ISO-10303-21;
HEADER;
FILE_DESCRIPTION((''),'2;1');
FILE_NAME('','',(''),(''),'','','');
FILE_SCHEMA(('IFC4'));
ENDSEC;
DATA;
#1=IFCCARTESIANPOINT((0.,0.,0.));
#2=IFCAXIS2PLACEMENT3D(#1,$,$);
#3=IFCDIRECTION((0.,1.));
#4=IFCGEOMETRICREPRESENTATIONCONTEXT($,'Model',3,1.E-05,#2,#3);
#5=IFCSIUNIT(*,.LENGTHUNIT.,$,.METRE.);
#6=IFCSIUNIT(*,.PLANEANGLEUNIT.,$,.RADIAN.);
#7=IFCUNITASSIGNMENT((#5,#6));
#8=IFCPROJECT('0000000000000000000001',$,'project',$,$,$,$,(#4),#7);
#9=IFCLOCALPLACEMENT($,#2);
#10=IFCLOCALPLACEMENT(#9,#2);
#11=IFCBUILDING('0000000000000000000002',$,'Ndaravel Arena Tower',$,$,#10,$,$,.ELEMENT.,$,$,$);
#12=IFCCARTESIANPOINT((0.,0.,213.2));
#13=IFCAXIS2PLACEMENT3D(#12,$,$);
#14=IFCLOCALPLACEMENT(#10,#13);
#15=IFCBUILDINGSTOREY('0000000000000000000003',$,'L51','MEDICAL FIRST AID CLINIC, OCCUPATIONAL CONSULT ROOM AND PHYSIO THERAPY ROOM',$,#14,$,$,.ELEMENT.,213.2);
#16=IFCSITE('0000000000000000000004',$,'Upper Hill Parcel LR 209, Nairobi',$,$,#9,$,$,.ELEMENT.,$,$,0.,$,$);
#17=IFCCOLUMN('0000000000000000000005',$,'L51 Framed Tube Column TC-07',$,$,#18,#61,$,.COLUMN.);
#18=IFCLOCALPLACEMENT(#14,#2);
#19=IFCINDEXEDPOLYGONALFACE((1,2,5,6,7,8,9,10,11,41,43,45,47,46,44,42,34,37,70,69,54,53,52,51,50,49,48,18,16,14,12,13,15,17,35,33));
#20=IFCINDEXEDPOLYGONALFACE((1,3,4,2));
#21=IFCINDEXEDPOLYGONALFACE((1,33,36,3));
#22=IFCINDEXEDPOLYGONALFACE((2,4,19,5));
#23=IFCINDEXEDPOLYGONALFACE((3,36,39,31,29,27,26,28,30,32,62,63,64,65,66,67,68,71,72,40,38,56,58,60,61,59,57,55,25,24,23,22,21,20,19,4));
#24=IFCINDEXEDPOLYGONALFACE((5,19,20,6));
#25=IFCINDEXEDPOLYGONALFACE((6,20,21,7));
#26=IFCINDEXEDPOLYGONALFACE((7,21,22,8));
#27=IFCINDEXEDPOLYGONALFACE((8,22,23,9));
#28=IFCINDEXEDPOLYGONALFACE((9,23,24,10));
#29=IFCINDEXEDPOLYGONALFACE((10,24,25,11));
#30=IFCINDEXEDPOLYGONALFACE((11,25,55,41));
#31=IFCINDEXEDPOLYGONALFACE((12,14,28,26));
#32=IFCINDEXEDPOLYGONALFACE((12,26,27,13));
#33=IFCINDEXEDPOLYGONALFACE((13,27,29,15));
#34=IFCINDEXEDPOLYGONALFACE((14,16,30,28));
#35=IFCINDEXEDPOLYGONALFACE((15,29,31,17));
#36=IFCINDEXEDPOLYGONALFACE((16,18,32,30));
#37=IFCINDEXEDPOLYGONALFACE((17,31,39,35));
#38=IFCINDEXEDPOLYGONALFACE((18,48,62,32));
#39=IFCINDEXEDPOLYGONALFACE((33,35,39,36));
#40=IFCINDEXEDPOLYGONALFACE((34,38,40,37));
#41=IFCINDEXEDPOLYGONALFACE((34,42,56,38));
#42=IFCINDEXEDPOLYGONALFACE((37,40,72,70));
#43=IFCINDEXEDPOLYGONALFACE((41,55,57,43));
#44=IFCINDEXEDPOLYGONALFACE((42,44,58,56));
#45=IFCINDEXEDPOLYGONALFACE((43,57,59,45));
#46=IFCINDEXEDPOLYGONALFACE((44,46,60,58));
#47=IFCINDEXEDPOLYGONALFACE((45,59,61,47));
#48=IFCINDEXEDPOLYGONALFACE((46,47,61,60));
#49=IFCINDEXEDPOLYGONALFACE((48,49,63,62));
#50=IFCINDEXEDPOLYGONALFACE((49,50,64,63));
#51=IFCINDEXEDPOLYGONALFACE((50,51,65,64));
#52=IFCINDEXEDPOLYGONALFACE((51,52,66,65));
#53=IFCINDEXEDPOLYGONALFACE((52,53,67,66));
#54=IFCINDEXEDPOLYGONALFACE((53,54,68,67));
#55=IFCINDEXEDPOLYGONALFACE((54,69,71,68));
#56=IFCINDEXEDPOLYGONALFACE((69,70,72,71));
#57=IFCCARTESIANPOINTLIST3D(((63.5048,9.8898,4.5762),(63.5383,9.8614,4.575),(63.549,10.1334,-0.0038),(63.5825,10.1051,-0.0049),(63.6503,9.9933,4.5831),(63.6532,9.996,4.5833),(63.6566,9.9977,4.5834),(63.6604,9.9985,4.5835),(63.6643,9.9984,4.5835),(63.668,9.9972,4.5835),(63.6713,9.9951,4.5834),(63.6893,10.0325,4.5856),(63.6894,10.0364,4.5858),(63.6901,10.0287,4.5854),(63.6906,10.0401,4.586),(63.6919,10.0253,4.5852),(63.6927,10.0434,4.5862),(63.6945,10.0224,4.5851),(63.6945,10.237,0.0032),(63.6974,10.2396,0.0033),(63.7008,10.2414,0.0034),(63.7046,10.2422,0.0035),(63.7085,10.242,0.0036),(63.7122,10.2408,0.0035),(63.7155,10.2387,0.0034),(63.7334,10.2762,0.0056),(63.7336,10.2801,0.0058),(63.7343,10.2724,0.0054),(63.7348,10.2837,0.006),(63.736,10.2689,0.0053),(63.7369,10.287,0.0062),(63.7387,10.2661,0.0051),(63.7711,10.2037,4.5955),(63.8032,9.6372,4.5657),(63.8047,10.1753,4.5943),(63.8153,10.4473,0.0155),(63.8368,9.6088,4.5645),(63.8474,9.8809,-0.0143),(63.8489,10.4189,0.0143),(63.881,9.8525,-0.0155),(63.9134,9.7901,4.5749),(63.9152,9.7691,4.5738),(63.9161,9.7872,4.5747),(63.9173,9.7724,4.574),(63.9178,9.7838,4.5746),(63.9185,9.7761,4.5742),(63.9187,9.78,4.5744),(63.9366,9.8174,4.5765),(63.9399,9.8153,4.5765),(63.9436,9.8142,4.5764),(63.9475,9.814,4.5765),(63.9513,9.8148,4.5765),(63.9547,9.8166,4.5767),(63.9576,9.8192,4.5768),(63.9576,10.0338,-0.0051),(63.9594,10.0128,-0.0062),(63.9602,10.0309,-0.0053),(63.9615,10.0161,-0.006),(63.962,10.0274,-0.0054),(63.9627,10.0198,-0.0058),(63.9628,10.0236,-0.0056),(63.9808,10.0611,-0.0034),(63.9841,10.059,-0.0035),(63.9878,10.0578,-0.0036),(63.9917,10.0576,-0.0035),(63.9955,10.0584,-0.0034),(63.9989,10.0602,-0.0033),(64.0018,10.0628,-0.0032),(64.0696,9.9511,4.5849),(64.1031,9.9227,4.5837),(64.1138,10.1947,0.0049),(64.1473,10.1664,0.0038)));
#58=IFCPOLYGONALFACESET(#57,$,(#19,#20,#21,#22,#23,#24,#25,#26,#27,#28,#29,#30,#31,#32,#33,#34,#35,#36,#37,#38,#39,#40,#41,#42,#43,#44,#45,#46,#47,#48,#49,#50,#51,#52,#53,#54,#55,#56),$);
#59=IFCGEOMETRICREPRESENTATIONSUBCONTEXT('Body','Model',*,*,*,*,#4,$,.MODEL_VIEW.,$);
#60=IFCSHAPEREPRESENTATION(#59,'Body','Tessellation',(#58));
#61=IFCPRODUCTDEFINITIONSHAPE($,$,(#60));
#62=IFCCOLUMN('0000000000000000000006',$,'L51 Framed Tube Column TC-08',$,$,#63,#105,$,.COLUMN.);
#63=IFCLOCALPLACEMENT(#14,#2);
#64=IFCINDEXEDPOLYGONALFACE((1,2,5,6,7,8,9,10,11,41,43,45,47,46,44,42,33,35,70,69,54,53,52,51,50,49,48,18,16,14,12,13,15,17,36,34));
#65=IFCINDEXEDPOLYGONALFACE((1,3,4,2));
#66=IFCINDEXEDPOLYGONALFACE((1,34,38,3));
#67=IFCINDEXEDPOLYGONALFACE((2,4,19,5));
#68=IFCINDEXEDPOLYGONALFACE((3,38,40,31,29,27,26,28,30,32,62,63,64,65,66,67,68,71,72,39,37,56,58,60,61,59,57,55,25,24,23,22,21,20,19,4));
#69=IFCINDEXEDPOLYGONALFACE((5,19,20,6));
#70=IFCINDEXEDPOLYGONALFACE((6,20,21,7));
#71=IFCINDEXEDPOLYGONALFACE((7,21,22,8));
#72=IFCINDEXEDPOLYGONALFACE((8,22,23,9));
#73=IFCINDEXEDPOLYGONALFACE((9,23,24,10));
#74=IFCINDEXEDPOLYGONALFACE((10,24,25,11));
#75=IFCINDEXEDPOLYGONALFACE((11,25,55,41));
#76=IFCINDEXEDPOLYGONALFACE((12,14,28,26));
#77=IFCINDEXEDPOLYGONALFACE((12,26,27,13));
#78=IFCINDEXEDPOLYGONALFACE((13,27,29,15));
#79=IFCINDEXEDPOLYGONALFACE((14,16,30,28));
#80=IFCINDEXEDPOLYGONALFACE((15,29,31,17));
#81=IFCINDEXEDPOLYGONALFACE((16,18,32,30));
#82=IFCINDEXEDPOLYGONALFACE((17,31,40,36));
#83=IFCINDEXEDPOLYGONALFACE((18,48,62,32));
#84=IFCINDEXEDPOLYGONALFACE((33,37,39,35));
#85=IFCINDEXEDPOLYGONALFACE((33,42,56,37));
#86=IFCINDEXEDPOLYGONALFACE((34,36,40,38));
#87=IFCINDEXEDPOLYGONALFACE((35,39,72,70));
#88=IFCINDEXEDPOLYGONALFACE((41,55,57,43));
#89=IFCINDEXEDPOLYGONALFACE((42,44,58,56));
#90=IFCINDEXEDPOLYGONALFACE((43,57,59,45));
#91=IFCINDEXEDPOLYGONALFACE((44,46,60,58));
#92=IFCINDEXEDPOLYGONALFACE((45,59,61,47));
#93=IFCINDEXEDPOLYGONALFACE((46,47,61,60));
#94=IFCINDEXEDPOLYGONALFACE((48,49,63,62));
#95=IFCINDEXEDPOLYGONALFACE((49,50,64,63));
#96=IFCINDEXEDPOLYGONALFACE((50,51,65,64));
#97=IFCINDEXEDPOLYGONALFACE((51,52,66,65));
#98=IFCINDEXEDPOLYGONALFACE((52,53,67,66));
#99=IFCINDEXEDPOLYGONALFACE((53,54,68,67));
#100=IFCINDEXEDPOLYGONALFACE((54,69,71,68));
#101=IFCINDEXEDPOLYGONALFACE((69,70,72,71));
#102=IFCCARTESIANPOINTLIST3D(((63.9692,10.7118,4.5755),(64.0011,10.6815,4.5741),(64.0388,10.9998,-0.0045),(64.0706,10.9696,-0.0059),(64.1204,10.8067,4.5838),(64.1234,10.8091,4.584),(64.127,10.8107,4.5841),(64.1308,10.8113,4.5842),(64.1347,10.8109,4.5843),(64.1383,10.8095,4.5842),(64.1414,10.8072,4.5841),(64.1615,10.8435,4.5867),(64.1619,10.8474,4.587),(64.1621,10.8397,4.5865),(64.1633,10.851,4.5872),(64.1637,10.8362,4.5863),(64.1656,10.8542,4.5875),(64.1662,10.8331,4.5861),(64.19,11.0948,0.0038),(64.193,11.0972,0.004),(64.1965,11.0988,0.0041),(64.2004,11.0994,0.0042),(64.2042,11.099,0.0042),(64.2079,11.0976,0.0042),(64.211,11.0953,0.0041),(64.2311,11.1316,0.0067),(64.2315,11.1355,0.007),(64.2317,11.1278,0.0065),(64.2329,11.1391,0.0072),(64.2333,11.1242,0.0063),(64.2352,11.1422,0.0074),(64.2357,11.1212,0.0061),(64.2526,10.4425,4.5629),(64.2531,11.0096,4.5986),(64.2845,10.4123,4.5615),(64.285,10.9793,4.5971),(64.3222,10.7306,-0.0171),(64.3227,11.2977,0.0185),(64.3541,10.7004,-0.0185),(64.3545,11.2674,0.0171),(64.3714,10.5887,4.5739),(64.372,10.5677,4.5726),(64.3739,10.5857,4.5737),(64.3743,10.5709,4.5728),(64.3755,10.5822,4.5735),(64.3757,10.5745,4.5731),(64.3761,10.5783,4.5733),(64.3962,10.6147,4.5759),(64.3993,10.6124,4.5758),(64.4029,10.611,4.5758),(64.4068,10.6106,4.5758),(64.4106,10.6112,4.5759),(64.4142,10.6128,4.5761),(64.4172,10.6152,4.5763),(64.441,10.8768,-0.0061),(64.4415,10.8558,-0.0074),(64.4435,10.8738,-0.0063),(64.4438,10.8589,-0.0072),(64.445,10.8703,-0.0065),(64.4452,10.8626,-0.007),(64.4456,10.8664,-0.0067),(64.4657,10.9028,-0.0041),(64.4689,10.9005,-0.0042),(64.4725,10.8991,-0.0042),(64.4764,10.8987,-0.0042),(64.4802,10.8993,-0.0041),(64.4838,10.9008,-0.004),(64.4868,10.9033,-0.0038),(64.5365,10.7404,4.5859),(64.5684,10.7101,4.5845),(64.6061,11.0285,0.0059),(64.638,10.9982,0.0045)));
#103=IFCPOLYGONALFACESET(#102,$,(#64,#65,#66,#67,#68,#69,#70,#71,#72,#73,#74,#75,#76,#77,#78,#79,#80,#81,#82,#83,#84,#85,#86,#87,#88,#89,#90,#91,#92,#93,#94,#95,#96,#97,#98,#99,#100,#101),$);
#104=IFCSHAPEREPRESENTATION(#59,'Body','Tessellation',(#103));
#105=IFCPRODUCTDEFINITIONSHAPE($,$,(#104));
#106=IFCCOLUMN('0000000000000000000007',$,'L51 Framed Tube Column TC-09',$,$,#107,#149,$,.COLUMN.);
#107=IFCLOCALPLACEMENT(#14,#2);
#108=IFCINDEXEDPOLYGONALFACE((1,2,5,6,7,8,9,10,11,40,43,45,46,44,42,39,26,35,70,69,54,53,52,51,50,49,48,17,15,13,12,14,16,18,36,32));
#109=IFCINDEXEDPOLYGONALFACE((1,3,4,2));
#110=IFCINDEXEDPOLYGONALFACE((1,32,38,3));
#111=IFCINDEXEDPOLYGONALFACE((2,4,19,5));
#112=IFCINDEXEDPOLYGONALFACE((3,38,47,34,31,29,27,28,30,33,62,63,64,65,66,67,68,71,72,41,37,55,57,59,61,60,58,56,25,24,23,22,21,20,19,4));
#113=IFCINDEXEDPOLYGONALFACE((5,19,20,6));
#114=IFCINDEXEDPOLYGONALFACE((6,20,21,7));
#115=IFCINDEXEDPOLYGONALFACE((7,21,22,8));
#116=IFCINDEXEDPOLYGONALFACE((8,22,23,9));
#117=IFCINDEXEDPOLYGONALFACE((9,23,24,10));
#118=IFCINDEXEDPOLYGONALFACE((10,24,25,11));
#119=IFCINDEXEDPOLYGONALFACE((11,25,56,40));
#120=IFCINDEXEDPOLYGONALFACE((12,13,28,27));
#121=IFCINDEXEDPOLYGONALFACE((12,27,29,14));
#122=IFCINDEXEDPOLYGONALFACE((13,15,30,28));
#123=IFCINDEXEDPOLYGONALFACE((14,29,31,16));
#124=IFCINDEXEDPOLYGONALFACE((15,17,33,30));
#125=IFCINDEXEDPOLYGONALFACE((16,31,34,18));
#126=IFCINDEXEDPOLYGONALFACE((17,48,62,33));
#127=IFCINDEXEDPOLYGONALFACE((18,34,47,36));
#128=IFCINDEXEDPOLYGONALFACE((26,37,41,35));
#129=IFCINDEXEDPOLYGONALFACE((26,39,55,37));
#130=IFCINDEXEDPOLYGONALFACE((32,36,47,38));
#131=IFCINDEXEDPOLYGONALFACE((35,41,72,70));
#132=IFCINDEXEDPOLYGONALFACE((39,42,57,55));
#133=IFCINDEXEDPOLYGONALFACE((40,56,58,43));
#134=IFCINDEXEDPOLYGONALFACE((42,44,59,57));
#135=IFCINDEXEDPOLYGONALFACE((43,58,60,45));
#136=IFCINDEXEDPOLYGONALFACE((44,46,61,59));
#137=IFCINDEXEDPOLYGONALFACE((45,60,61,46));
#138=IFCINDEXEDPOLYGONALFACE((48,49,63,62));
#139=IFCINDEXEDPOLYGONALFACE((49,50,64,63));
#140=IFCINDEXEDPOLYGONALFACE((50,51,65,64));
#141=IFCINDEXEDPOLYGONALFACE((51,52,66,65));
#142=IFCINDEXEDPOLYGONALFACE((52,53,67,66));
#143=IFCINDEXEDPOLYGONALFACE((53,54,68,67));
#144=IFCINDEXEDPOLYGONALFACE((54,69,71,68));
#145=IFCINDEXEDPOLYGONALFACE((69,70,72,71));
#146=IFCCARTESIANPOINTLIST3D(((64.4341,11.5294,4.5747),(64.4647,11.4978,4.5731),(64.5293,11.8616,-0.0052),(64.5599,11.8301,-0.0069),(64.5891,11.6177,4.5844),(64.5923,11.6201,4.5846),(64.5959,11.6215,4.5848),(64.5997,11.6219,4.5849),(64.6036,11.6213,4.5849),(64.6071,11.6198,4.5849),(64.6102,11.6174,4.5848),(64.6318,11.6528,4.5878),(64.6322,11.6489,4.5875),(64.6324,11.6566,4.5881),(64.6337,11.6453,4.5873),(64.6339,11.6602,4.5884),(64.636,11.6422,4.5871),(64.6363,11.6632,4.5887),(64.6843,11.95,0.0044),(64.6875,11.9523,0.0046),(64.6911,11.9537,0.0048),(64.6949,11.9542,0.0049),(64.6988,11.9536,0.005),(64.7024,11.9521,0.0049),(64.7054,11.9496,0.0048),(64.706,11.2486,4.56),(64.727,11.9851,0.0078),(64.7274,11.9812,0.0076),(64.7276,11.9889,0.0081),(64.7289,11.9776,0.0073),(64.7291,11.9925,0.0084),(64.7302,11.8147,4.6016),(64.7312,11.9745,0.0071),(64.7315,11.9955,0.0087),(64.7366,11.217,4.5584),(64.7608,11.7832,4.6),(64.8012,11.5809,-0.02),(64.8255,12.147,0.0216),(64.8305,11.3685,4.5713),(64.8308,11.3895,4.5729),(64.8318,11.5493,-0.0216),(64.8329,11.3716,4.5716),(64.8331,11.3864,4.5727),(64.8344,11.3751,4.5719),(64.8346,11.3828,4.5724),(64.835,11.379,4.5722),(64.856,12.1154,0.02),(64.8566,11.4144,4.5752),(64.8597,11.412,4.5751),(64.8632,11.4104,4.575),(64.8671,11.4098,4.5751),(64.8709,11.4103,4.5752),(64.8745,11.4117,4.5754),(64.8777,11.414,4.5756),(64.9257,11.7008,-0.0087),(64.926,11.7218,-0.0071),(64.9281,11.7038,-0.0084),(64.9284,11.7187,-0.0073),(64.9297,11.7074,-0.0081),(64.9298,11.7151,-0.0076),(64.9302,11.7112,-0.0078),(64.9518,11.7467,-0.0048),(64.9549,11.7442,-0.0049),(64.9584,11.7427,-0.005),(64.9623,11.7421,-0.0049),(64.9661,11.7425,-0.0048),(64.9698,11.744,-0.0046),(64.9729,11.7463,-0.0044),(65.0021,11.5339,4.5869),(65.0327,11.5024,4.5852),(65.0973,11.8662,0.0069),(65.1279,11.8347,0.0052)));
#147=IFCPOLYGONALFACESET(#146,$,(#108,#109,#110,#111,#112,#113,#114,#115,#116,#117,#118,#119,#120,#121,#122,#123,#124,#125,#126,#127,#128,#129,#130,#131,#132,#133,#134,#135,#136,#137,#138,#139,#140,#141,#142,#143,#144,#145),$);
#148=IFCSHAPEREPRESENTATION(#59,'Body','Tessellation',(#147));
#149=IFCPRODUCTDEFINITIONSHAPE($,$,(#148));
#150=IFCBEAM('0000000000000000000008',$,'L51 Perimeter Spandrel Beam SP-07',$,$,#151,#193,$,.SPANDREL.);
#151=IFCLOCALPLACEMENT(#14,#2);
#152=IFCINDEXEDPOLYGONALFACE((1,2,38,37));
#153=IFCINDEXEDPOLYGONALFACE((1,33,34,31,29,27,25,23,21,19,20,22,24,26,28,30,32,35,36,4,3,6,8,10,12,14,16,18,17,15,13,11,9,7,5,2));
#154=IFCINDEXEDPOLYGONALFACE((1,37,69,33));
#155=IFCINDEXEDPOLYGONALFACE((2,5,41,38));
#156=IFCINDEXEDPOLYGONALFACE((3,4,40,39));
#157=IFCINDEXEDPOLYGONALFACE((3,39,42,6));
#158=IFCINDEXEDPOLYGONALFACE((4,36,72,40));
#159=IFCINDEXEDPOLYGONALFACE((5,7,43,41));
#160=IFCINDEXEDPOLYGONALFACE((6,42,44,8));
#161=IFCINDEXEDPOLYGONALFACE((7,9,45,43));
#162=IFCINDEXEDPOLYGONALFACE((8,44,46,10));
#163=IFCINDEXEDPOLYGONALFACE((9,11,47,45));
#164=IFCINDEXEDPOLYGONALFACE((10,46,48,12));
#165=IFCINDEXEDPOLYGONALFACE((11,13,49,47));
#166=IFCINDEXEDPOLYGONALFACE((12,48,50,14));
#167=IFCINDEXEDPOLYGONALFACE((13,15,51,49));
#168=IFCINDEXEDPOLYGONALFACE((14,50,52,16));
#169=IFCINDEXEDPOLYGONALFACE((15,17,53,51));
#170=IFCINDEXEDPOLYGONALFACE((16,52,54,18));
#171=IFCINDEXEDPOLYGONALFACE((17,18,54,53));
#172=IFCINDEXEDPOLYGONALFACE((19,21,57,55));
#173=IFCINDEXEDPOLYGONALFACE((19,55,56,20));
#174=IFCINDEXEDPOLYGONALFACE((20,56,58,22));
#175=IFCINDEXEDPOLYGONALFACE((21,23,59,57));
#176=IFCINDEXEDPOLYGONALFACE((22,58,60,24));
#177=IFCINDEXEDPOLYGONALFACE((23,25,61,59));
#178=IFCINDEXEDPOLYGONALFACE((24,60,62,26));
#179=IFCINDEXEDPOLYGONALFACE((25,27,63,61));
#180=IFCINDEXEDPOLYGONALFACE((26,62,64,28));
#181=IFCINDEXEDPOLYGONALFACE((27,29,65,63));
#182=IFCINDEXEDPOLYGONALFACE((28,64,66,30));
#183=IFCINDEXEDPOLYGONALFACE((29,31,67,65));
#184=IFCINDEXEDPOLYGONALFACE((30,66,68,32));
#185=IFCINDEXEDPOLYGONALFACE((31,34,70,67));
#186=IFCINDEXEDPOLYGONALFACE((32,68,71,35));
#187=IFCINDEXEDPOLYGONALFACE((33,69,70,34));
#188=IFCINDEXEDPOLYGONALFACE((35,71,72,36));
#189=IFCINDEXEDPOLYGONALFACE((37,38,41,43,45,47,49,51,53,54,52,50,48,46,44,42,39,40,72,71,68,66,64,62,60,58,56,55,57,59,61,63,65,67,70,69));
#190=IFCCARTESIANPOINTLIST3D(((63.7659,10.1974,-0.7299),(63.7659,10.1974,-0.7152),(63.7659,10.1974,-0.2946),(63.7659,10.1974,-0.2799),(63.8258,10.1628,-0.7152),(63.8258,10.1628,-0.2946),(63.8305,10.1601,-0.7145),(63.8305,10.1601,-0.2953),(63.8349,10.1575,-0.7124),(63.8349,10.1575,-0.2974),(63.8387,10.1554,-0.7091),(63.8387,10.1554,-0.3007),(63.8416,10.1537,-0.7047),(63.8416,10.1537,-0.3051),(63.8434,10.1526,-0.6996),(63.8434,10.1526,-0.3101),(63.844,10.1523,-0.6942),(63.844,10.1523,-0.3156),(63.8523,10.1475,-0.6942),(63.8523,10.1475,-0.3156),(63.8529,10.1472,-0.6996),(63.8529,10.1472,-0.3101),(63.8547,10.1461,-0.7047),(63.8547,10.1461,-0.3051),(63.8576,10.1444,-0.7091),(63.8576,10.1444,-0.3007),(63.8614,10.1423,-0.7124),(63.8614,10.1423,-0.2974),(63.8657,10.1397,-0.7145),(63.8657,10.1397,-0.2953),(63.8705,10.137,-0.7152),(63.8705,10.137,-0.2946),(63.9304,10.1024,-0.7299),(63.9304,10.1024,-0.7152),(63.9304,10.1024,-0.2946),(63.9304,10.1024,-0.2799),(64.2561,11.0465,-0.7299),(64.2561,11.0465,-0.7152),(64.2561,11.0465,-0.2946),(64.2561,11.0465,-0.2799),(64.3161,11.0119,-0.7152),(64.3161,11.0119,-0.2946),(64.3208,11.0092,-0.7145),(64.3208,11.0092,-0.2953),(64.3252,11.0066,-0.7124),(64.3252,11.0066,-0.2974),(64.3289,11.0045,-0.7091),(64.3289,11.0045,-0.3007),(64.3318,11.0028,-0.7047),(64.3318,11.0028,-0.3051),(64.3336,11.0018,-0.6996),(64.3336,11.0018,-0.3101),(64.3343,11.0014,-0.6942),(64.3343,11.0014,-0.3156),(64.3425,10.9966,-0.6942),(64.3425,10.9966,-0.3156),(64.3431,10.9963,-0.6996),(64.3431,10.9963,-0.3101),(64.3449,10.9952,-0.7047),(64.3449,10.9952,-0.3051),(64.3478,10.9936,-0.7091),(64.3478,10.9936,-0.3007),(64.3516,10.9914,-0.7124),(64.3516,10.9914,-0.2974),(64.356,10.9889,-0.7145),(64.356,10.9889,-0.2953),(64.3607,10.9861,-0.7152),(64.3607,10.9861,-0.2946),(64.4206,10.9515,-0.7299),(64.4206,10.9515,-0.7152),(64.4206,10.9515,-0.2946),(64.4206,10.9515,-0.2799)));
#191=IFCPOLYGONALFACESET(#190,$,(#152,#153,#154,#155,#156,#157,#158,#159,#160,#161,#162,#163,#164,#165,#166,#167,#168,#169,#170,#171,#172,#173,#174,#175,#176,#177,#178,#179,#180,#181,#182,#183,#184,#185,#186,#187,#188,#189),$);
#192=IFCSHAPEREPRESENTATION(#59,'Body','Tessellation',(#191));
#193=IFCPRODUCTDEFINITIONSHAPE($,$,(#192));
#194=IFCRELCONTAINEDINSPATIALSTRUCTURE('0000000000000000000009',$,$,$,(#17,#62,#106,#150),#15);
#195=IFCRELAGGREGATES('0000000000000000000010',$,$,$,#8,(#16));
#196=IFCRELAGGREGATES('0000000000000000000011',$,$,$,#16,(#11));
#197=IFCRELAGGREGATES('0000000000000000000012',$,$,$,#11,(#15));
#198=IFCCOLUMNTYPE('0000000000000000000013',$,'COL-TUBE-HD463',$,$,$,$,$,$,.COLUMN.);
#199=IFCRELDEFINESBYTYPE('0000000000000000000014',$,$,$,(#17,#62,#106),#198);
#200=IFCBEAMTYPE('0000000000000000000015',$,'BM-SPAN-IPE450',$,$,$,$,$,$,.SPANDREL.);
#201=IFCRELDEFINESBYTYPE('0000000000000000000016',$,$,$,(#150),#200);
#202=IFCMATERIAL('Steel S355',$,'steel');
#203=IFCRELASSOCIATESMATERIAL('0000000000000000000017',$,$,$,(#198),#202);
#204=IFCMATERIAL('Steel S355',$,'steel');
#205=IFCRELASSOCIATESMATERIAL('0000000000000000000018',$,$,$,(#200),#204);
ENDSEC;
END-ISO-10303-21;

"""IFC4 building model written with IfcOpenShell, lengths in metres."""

from ifc_helpers import new_model, si_unit, direction, frame, origin, origin_2d, place, context, subcontext, project, spatial, i_section, extrude, material, material_profile, profile_set, type_object, element, save


model = new_model("IFC4")

# Units and contexts
model_context = context("Model", 3, precision=1e-05, world=origin(), true_north=direction((0.0, 1.0)))
body_context = subcontext(model_context, "Body", "Model", "MODEL_VIEW")
ifc_project = project(units=[si_unit("LENGTHUNIT", "METRE"), si_unit("PLANEANGLEUNIT", "RADIAN")], contexts=[model_context])

# Site, building, storey
site_placement = place(None, origin())
site = spatial("IfcSite", under=ifc_project, at=site_placement, Name="Upper Hill Parcel LR 209, Nairobi", CompositionType="ELEMENT", RefElevation=0.0)
building_placement = place(site_placement, origin())
building = spatial("IfcBuilding", under=site, at=building_placement, Name="Ndaravel Arena Tower", CompositionType="ELEMENT")
storey_placement = place(building_placement, frame((0.0, 0.0, 213.2)))
storey = spatial("IfcBuildingStorey", under=building, at=storey_placement, Name="L51", Description="MEDICAL FIRST AID CLINIC, OCCUPATIONAL CONSULT ROOM AND PHYSIO THERAPY ROOM", CompositionType="ELEMENT", Elevation=213.2)

# Columns
ifc_material_1 = material(Name="Steel S355", Category="steel")
ifc_material_profile_1 = material_profile(ifc_material_1, i_section(OverallWidth=0.4121, OverallDepth=0.4351, WebThickness=0.0359, FlangeThickness=0.0439, FilletRadius=0.0149, at=origin_2d()), Name="HD 400x463")
ifc_profile_set_1 = profile_set([ifc_material_profile_1], Name="Steel S355")
column_type = type_object("IfcColumnType", Name="COL-TUBE-HD463", PredefinedType="COLUMN", material=ifc_profile_set_1)
column_1_placement = place(storey_placement, frame((63.8481, 10.1499, 0.0), z_axis=(-0.009634, -0.053121, 0.998542), x_axis=(0.646293, 0.761656, 0.046754)))
element("IfcColumn", 1, at=column_1_placement, inside=storey, type_object=column_type, Name="L51 Framed Tube Column TC-07", PredefinedType="COLUMN", context=body_context, shape_type="SweptSolid", body=[
    extrude(i_section(OverallWidth=0.4121, OverallDepth=0.4351, WebThickness=0.0359, FlangeThickness=0.0439, FilletRadius=0.0149, at=origin_2d()), origin(), (0.0, 0.0, 1.0), 4.5867),
])
column_2_placement = place(storey_placement, frame((64.3384, 10.999, 0.0), z_axis=(-0.01516, -0.062769, 0.997913), x_axis=(0.688921, 0.722676, 0.055922)))
element("IfcColumn", 2, at=column_2_placement, inside=storey, type_object=column_type, Name="L51 Framed Tube Column TC-08", PredefinedType="COLUMN", context=body_context, shape_type="SweptSolid", body=[
    extrude(i_section(OverallWidth=0.4121, OverallDepth=0.4351, WebThickness=0.0359, FlangeThickness=0.0439, FilletRadius=0.0149, at=origin_2d()), origin(), (0.0, 0.0, 1.0), 4.5896),
])
column_3_placement = place(storey_placement, frame((64.8286, 11.8481, 0.0), z_axis=(-0.02073, -0.072342, 0.997164), x_axis=(0.71854, 0.692425, 0.065172)))
element("IfcColumn", 3, at=column_3_placement, inside=storey, type_object=column_type, Name="L51 Framed Tube Column TC-09", PredefinedType="COLUMN", context=body_context, shape_type="SweptSolid", body=[
    extrude(i_section(OverallWidth=0.4121, OverallDepth=0.4351, WebThickness=0.0359, FlangeThickness=0.0439, FilletRadius=0.0149, at=origin_2d()), origin(), (0.0, 0.0, 1.0), 4.593),
])

# Beam
ifc_material_2 = material(Name="Steel S355", Category="steel")
ifc_material_profile_2 = material_profile(ifc_material_2, i_section(OverallWidth=0.1899, OverallDepth=0.45, WebThickness=0.0095, FlangeThickness=0.0146, FilletRadius=0.021, at=origin_2d()), Name="IPE 450")
ifc_profile_set_2 = profile_set([ifc_material_profile_2], Name="Steel S355")
beam_type_1 = type_object("IfcBeamType", Name="BM-SPAN-IPE450", PredefinedType="SPANDREL", material=ifc_profile_set_2)
for number, where, z_axis, x_axis, name in (
    (4, (63.8481, 10.1499, -0.5049), (0.499995, 0.866028, 0.0), (-0.866028, 0.499995, 0.0), "L51 Perimeter Spandrel Beam SP-07"),
):
    element("IfcBeam", number, at=place(storey_placement, frame(where, z_axis=z_axis, x_axis=x_axis)), inside=storey, type_object=beam_type_1, Name=name, PredefinedType="SPANDREL", context=body_context, shape_type="SweptSolid", body=[
        extrude(i_section(OverallWidth=0.1899, OverallDepth=0.45, WebThickness=0.0095, FlangeThickness=0.0146, FilletRadius=0.021, at=origin_2d()), origin(), (0.0, 0.0, 1.0), 0.9805),
    ])

save(model, "model.ifc")
